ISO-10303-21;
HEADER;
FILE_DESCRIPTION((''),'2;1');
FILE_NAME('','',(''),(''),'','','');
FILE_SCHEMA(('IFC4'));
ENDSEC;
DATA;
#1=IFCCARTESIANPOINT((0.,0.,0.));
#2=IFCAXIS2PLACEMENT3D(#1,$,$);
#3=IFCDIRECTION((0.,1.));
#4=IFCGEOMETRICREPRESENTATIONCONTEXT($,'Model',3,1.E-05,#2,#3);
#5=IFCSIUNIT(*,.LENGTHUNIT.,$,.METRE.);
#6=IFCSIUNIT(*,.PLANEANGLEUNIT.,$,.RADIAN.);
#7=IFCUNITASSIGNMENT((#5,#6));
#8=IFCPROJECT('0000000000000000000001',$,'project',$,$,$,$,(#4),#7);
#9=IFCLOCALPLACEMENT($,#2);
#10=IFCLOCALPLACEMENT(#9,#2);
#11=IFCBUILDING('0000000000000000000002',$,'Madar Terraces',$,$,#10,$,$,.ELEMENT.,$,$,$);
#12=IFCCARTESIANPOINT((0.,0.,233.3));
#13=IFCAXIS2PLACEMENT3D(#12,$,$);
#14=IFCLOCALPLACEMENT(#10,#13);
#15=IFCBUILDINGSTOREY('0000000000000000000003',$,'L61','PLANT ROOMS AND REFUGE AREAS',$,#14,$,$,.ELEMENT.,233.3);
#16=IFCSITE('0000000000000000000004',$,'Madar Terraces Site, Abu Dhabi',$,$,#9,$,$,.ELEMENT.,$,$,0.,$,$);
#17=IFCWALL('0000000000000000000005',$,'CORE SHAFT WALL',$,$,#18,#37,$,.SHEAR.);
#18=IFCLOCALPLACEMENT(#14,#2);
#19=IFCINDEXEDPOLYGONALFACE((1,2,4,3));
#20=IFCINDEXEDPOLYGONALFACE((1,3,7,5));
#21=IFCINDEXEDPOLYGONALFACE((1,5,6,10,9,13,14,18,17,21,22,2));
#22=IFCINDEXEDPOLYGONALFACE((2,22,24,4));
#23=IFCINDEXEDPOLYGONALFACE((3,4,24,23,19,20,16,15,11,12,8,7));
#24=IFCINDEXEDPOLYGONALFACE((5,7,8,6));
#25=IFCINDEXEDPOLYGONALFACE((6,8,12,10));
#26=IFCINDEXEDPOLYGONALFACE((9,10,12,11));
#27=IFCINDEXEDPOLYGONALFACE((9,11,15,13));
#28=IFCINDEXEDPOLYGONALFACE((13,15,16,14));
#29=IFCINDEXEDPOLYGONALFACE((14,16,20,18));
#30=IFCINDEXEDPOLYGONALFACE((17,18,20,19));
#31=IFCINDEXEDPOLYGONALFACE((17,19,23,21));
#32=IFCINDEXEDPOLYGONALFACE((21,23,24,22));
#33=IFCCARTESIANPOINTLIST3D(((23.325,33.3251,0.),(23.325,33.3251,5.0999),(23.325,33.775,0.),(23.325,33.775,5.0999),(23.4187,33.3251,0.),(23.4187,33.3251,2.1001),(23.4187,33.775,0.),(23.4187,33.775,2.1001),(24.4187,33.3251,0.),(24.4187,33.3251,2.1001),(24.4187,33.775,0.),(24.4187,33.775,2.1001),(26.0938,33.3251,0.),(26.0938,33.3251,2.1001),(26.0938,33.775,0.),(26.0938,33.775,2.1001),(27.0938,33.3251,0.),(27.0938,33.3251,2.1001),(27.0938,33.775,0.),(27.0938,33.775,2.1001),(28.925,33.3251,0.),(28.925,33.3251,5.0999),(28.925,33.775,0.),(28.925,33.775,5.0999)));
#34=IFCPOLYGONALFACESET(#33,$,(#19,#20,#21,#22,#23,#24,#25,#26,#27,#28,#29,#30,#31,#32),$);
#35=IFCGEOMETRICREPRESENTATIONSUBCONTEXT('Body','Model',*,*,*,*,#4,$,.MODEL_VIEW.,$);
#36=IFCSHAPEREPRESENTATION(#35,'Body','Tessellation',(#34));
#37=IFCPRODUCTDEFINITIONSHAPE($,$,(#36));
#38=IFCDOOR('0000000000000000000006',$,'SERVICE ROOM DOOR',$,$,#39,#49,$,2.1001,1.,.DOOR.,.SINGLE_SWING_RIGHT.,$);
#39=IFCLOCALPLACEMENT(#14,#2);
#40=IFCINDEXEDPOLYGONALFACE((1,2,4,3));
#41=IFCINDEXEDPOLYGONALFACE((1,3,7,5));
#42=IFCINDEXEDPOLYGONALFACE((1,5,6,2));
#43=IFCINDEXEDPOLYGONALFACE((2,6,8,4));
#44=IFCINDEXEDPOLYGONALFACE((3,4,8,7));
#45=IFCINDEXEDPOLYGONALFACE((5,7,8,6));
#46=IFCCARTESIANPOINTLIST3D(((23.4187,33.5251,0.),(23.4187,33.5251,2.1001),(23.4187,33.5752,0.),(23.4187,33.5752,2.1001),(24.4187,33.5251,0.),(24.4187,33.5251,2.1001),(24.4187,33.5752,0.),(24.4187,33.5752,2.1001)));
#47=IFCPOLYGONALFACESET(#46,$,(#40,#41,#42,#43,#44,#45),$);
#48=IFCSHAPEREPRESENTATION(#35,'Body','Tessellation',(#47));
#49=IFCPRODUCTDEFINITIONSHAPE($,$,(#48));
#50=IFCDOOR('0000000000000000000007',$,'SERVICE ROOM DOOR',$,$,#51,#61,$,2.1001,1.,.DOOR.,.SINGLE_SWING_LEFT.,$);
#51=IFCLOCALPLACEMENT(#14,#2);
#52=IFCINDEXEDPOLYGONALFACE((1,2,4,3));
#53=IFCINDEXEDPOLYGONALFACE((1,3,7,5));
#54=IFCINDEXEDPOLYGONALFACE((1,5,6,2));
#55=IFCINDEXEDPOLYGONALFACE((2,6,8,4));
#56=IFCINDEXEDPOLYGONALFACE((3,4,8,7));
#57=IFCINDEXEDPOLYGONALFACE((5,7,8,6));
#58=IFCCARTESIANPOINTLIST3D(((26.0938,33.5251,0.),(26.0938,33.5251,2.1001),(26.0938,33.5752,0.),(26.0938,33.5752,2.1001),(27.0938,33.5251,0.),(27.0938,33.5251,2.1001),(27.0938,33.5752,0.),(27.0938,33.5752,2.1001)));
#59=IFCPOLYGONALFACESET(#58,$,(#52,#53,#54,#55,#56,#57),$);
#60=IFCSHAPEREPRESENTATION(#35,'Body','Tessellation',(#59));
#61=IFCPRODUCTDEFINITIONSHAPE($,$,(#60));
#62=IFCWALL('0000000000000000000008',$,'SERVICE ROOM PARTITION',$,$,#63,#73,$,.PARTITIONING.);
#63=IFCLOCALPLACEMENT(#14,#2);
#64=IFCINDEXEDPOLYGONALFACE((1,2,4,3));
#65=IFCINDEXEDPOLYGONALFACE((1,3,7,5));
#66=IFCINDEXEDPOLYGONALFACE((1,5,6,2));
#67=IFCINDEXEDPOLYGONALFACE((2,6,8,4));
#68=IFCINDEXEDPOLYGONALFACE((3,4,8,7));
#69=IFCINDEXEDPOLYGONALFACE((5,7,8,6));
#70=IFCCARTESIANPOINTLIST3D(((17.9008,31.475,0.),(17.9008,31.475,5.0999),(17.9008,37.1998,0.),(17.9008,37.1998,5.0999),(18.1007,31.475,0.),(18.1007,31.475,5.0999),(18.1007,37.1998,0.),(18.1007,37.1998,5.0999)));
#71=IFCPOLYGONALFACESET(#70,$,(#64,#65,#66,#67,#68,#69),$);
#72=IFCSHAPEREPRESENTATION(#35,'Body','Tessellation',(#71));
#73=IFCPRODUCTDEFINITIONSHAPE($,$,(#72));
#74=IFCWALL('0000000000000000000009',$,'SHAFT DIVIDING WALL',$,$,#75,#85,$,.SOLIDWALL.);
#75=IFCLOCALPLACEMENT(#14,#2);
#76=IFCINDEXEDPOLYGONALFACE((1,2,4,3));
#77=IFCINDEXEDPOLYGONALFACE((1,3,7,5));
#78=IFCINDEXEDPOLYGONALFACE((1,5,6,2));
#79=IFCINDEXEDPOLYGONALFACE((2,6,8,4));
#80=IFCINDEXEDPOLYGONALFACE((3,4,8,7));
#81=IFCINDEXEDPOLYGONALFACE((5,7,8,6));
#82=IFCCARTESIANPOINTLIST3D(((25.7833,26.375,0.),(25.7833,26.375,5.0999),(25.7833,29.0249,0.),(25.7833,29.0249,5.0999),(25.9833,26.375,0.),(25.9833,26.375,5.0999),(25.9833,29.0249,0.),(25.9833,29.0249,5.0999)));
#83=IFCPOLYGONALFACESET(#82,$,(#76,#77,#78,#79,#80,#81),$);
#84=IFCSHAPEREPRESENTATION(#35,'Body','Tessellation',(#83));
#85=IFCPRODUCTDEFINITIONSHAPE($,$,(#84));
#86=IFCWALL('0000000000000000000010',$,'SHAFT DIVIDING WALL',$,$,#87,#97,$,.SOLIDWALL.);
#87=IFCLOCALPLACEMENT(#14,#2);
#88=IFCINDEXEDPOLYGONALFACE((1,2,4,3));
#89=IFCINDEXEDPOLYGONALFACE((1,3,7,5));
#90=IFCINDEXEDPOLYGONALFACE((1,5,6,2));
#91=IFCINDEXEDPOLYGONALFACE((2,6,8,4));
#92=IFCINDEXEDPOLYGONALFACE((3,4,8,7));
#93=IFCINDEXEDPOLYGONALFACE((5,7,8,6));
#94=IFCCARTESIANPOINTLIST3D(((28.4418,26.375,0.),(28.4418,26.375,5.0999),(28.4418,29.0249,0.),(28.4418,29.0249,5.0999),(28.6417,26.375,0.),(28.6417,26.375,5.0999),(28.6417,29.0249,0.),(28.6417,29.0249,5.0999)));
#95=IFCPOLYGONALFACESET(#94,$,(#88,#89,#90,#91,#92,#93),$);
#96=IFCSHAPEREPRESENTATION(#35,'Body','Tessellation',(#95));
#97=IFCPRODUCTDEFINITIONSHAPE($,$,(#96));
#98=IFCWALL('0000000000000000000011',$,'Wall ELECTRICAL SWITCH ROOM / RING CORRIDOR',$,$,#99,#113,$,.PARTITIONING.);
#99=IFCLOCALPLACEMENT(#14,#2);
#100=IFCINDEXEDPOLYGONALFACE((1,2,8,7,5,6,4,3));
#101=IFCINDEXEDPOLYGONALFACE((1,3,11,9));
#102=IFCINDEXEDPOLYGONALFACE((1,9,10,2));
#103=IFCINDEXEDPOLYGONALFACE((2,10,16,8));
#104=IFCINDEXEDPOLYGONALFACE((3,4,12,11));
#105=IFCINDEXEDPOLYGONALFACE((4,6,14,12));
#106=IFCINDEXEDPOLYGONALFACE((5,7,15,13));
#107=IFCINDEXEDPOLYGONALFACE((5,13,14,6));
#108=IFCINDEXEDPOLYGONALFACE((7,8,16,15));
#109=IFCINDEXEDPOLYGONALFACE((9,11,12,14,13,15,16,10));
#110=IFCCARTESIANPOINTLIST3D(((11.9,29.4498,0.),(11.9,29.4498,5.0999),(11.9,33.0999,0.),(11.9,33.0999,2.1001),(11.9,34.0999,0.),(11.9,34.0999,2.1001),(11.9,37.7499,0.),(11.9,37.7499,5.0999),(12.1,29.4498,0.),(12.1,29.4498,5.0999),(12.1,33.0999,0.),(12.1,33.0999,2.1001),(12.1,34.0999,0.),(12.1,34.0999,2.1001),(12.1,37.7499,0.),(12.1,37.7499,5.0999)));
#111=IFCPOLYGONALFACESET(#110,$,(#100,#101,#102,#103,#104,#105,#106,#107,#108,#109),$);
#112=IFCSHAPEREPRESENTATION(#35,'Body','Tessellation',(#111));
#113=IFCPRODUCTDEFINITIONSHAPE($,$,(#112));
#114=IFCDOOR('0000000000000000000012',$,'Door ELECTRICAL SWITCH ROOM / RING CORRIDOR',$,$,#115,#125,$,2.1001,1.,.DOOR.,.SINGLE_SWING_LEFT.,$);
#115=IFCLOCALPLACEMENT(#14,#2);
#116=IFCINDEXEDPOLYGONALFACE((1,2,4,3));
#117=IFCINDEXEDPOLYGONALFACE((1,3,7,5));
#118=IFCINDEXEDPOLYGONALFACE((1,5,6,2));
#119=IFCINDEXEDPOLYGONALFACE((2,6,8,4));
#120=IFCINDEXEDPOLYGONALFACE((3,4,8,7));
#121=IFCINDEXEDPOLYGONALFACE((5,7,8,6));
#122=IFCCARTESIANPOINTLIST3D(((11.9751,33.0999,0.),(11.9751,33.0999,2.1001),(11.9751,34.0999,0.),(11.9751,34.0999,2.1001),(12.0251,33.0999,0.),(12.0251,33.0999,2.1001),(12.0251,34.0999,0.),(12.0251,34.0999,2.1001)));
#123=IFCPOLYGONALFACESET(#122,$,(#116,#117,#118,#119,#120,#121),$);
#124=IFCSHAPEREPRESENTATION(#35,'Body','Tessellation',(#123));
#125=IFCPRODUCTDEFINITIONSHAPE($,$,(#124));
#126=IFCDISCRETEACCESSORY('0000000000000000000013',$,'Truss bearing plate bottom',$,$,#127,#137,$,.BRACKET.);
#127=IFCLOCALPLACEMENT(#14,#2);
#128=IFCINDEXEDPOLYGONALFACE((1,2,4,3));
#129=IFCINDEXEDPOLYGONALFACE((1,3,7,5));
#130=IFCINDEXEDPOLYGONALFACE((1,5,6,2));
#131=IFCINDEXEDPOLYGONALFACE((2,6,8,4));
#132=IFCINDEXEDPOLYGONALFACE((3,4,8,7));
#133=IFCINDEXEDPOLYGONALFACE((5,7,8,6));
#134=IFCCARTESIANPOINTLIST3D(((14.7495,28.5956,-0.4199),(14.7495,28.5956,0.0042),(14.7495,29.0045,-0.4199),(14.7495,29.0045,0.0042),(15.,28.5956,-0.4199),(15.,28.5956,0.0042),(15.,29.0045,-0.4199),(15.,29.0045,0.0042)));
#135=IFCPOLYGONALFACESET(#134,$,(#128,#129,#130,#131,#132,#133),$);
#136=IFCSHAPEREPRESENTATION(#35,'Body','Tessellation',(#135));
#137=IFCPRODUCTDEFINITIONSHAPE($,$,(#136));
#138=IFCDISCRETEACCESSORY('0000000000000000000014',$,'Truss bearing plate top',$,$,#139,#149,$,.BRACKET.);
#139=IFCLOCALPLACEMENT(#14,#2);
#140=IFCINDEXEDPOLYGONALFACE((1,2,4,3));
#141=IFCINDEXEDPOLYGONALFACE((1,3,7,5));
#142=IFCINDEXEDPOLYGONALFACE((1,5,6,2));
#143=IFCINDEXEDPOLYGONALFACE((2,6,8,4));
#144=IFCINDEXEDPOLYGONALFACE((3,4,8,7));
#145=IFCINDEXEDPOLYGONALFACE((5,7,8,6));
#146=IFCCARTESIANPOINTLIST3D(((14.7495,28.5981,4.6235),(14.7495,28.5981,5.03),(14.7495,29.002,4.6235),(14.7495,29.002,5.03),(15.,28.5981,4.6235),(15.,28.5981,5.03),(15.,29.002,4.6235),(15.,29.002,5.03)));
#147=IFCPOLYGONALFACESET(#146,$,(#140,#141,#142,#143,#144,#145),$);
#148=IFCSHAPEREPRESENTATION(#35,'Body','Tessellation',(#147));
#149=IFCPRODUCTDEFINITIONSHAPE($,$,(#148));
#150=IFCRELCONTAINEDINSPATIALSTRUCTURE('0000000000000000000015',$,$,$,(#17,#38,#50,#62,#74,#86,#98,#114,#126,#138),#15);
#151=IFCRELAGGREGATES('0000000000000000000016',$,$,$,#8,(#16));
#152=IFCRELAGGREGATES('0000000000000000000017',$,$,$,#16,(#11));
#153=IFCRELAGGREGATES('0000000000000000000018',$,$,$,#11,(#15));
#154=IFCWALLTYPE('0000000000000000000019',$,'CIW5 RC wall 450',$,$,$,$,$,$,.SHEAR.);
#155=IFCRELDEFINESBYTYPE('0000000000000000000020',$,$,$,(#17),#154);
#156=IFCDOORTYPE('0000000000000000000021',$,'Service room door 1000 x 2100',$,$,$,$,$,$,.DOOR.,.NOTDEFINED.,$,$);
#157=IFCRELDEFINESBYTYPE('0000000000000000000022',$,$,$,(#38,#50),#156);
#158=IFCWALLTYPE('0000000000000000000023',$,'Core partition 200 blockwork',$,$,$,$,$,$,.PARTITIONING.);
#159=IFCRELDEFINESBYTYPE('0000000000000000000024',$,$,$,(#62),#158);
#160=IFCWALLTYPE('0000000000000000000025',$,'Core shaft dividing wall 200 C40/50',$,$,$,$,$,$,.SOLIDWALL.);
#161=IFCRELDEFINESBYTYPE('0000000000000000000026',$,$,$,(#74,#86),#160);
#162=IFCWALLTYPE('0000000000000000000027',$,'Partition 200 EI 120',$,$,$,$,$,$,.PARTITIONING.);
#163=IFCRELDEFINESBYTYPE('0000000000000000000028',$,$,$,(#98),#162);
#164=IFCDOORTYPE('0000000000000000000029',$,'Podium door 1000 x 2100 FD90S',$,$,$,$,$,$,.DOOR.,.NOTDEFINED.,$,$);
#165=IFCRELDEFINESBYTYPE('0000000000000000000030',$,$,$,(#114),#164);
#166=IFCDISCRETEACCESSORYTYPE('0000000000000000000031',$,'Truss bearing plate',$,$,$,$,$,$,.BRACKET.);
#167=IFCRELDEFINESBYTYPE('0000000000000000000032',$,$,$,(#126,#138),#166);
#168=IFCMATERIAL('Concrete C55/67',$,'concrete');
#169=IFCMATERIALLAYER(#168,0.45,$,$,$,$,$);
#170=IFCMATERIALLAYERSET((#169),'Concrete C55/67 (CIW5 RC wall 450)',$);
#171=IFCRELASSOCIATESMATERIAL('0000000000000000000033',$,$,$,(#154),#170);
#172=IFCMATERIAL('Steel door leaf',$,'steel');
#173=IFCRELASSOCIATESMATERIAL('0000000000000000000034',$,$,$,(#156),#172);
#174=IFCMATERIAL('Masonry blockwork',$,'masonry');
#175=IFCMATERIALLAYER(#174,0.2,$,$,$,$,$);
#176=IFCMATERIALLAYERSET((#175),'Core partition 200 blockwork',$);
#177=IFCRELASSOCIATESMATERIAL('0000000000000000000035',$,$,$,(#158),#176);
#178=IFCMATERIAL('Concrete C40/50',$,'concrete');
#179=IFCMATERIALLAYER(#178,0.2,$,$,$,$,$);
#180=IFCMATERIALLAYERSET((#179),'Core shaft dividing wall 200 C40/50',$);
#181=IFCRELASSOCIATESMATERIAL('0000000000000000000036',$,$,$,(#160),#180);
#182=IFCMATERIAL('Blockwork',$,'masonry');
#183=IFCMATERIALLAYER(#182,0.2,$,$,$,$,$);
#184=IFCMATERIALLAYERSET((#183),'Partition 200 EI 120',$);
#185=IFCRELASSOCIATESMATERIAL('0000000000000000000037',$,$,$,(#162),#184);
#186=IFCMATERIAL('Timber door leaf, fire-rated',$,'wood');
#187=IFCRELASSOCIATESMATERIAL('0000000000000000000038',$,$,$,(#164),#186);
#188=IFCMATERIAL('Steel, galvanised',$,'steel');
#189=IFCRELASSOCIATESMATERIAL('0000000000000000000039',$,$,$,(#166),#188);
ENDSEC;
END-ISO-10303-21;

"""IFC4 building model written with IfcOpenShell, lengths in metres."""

from ifc_helpers import new_model, si_unit, direction, frame, frame_2d, origin, origin_2d, place, context, subcontext, project, spatial, rectangle, extrude, material, layer, layer_set, type_object, element, fill, save


model = new_model("IFC4")

# Units and contexts
model_context = context("Model", 3, precision=1e-05, world=origin(), true_north=direction((0.0, 1.0)))
body_context = subcontext(model_context, "Body", "Model", "MODEL_VIEW")
ifc_project = project(units=[si_unit("LENGTHUNIT", "METRE"), si_unit("PLANEANGLEUNIT", "RADIAN")], contexts=[model_context])

# Site, building, storey
site_placement = place(None, origin())
site = spatial("IfcSite", under=ifc_project, at=site_placement, Name="Madar Terraces Site, Abu Dhabi", CompositionType="ELEMENT", RefElevation=0.0)
building_placement = place(site_placement, origin())
building = spatial("IfcBuilding", under=site, at=building_placement, Name="Madar Terraces", CompositionType="ELEMENT")
storey_placement = place(building_placement, frame((0.0, 0.0, 233.3)))
storey = spatial("IfcBuildingStorey", under=building, at=storey_placement, Name="L61", Description="PLANT ROOMS AND REFUGE AREAS", CompositionType="ELEMENT", Elevation=233.3)

# Shared definitions
ifc_material_1 = material(Name="Concrete C55/67", Category="concrete")
ifc_layer_1 = layer(ifc_material_1, 0.45)
ifc_layer_set_1 = layer_set([ifc_layer_1], Name="Concrete C55/67 (CIW5 RC wall 450)")
wall_type_1 = type_object("IfcWallType", Name="CIW5 RC wall 450", PredefinedType="SHEAR", material=ifc_layer_set_1)

# Wall, openings, doors
wall_1_placement = place(storey_placement, frame((23.325, 33.55, 0.0), z_axis=(0.0, 0.0, 1.0), x_axis=(1.0, 0.0, 0.0)))
wall_1 = element("IfcWall", 1, at=wall_1_placement, inside=storey, type_object=wall_type_1, Name="CORE SHAFT WALL", PredefinedType="SHEAR", context=body_context, shape_type="SweptSolid", body=[
    extrude(rectangle(XDim=5.6001, YDim=0.45, at=frame_2d((2.8, 0.0))), origin(), (0.0, 0.0, 1.0), 5.0999),
])
opening_1_placement = place(wall_1_placement, frame((0.0938, 0.0, 0.0)))
opening_1 = element("IfcOpeningElement", 2, at=opening_1_placement, cuts=wall_1, PredefinedType="OPENING", context=body_context, shape_type="SweptSolid", body=[
    extrude(rectangle(XDim=1.0, YDim=2.1001, at=frame_2d((0.5, 1.05))), frame((0.0, 0.2349, 0.0), z_axis=(0.0, -1.0, 0.0), x_axis=(1.0, 0.0, 0.0)), (0.0, 0.0, 1.0), 0.47),
])
opening_2_placement = place(wall_1_placement, frame((2.7688, 0.0, 0.0)))
opening_2 = element("IfcOpeningElement", 3, at=opening_2_placement, cuts=wall_1, PredefinedType="OPENING", context=body_context, shape_type="SweptSolid", body=[
    extrude(rectangle(XDim=1.0, YDim=2.1001, at=frame_2d((0.5, 1.05))), frame((0.0, 0.2349, 0.0), z_axis=(0.0, -1.0, 0.0), x_axis=(1.0, 0.0, 0.0)), (0.0, 0.0, 1.0), 0.47),
])
ifc_material_2 = material(Name="Steel door leaf", Category="steel")
door_type_1 = type_object("IfcDoorType", Name="Service room door 1000 x 2100", OperationType="NOTDEFINED", PredefinedType="DOOR", material=ifc_material_2)
door_1_placement = place(opening_1_placement, frame((1.0, 0.0, 0.0), z_axis=(0.0, 0.0, 1.0), x_axis=(-1.0, 0.0, 0.0)))
door_1 = element("IfcDoor", 4, at=door_1_placement, inside=storey, type_object=door_type_1, Name="SERVICE ROOM DOOR", OperationType="SINGLE_SWING_RIGHT", OverallHeight=2.1001, OverallWidth=1.0, PredefinedType="DOOR", context=body_context, shape_type="SweptSolid", body=[
    extrude(rectangle(XDim=1.0, YDim=2.1001, at=frame_2d((0.5, 1.05))), frame((0.0, 0.0249, 0.0), z_axis=(0.0, -1.0, 0.0), x_axis=(1.0, 0.0, 0.0)), (0.0, 0.0, 1.0), 0.05),
])
fill(opening_1, door_1)
door_2_placement = place(opening_2_placement, frame((1.0, 0.0, 0.0), z_axis=(0.0, 0.0, 1.0), x_axis=(-1.0, 0.0, 0.0)))
door_2 = element("IfcDoor", 5, at=door_2_placement, inside=storey, type_object=door_type_1, Name="SERVICE ROOM DOOR", OperationType="SINGLE_SWING_LEFT", OverallHeight=2.1001, OverallWidth=1.0, PredefinedType="DOOR", context=body_context, shape_type="SweptSolid", body=[
    extrude(rectangle(XDim=1.0, YDim=2.1001, at=frame_2d((0.5, 1.05))), frame((0.0, 0.0249, 0.0), z_axis=(0.0, -1.0, 0.0), x_axis=(1.0, 0.0, 0.0)), (0.0, 0.0, 1.0), 0.05),
])
fill(opening_2, door_2)

# Walls
ifc_material_3 = material(Name="Masonry blockwork", Category="masonry")
ifc_layer_2 = layer(ifc_material_3, 0.2)
ifc_layer_set_2 = layer_set([ifc_layer_2], Name="Core partition 200 blockwork")
wall_type_2 = type_object("IfcWallType", Name="Core partition 200 blockwork", PredefinedType="PARTITIONING", material=ifc_layer_set_2)
wall_2_placement = place(storey_placement, frame((18.0007, 31.4751, 0.0), z_axis=(0.0, 0.0, 1.0), x_axis=(0.0, 1.0, 0.0)))
element("IfcWall", 6, at=wall_2_placement, inside=storey, type_object=wall_type_2, Name="SERVICE ROOM PARTITION", PredefinedType="PARTITIONING", context=body_context, shape_type="SweptSolid", body=[
    extrude(rectangle(XDim=5.7249, YDim=0.2, at=frame_2d((2.8623, 0.0))), origin(), (0.0, 0.0, 1.0), 5.0999),
])
ifc_material_4 = material(Name="Concrete C40/50", Category="concrete")
ifc_layer_3 = layer(ifc_material_4, 0.2)
ifc_layer_set_3 = layer_set([ifc_layer_3], Name="Core shaft dividing wall 200 C40/50")
wall_type_3 = type_object("IfcWallType", Name="Core shaft dividing wall 200 C40/50", PredefinedType="SOLIDWALL", material=ifc_layer_set_3)
for number, where, z_axis, x_axis, name in (
    (7, (25.8833, 26.375, 0.0), (0.0, 0.0, 1.0), (0.0, 1.0, 0.0), "SHAFT DIVIDING WALL"),
    (8, (28.5417, 26.375, 0.0), (0.0, 0.0, 1.0), (0.0, 1.0, 0.0), "SHAFT DIVIDING WALL"),
):
    element("IfcWall", number, at=place(storey_placement, frame(where, z_axis=z_axis, x_axis=x_axis)), inside=storey, type_object=wall_type_3, Name=name, PredefinedType="SOLIDWALL", context=body_context, shape_type="SweptSolid", body=[
        extrude(rectangle(XDim=2.6499, YDim=0.2, at=frame_2d((1.325, 0.0))), origin(), (0.0, 0.0, 1.0), 5.0999),
    ])

# Wall, opening, door
ifc_material_5 = material(Name="Blockwork", Category="masonry")
ifc_layer_4 = layer(ifc_material_5, 0.2)
ifc_layer_set_4 = layer_set([ifc_layer_4], Name="Partition 200 EI 120")
wall_type_4 = type_object("IfcWallType", Name="Partition 200 EI 120", PredefinedType="PARTITIONING", material=ifc_layer_set_4)
wall_3_placement = place(storey_placement, frame((12.0, 29.45, 0.0), z_axis=(0.0, 0.0, 1.0), x_axis=(0.0, 1.0, 0.0)))
wall_3 = element("IfcWall", 9, at=wall_3_placement, inside=storey, type_object=wall_type_4, Name="Wall ELECTRICAL SWITCH ROOM / RING CORRIDOR", PredefinedType="PARTITIONING", context=body_context, shape_type="SweptSolid", body=[
    extrude(rectangle(XDim=8.3, YDim=0.2, at=frame_2d((4.1499, 0.0))), origin(), (0.0, 0.0, 1.0), 5.0999),
])
opening_3_placement = place(wall_3_placement, frame((3.6499, 0.0, 0.0)))
opening_3 = element("IfcOpeningElement", 10, at=opening_3_placement, cuts=wall_3, PredefinedType="OPENING", context=body_context, shape_type="SweptSolid", body=[
    extrude(rectangle(XDim=1.0, YDim=2.1001, at=frame_2d((0.5, 1.05))), frame((0.0, 0.1099, 0.0), z_axis=(0.0, -1.0, 0.0), x_axis=(1.0, 0.0, 0.0)), (0.0, 0.0, 1.0), 0.22),
])
ifc_material_6 = material(Name="Timber door leaf, fire-rated", Category="wood")
door_type_2 = type_object("IfcDoorType", Name="Podium door 1000 x 2100 FD90S", OperationType="NOTDEFINED", PredefinedType="DOOR", material=ifc_material_6)
door_3_placement = place(opening_3_placement, origin())
door_3 = element("IfcDoor", 11, at=door_3_placement, inside=storey, type_object=door_type_2, Name="Door ELECTRICAL SWITCH ROOM / RING CORRIDOR", OperationType="SINGLE_SWING_LEFT", OverallHeight=2.1001, OverallWidth=1.0, PredefinedType="DOOR", context=body_context, shape_type="SweptSolid", body=[
    extrude(rectangle(XDim=1.0, YDim=2.1001, at=frame_2d((0.5, 1.05))), frame((0.0, 0.0249, 0.0), z_axis=(0.0, -1.0, 0.0), x_axis=(1.0, 0.0, 0.0)), (0.0, 0.0, 1.0), 0.05),
])
fill(opening_3, door_3)

# Discrete accessories
ifc_material_7 = material(Name="Steel, galvanised", Category="steel")
discrete_accessory_type = type_object("IfcDiscreteAccessoryType", Name="Truss bearing plate", PredefinedType="BRACKET", material=ifc_material_7)
discrete_accessory_1_placement = place(storey_placement, frame((14.8748, 28.8, -0.4199), z_axis=(0.0, 0.0, 1.0), x_axis=(1.0, 0.0, 0.0)))
element("IfcDiscreteAccessory", 12, at=discrete_accessory_1_placement, inside=storey, type_object=discrete_accessory_type, Name="Truss bearing plate bottom", PredefinedType="BRACKET", context=body_context, shape_type="SweptSolid", body=[
    extrude(rectangle(XDim=0.2505, YDim=0.4089, at=origin_2d()), origin(), (0.0, 0.0, 1.0), 0.4241),
])
discrete_accessory_2_placement = place(storey_placement, frame((14.8748, 28.8, 4.6235), z_axis=(0.0, 0.0, 1.0), x_axis=(1.0, 0.0, 0.0)))
element("IfcDiscreteAccessory", 13, at=discrete_accessory_2_placement, inside=storey, type_object=discrete_accessory_type, Name="Truss bearing plate top", PredefinedType="BRACKET", context=body_context, shape_type="SweptSolid", body=[
    extrude(rectangle(XDim=0.2505, YDim=0.4038, at=origin_2d()), origin(), (0.0, 0.0, 1.0), 0.4065),
])

save(model, "model.ifc")
